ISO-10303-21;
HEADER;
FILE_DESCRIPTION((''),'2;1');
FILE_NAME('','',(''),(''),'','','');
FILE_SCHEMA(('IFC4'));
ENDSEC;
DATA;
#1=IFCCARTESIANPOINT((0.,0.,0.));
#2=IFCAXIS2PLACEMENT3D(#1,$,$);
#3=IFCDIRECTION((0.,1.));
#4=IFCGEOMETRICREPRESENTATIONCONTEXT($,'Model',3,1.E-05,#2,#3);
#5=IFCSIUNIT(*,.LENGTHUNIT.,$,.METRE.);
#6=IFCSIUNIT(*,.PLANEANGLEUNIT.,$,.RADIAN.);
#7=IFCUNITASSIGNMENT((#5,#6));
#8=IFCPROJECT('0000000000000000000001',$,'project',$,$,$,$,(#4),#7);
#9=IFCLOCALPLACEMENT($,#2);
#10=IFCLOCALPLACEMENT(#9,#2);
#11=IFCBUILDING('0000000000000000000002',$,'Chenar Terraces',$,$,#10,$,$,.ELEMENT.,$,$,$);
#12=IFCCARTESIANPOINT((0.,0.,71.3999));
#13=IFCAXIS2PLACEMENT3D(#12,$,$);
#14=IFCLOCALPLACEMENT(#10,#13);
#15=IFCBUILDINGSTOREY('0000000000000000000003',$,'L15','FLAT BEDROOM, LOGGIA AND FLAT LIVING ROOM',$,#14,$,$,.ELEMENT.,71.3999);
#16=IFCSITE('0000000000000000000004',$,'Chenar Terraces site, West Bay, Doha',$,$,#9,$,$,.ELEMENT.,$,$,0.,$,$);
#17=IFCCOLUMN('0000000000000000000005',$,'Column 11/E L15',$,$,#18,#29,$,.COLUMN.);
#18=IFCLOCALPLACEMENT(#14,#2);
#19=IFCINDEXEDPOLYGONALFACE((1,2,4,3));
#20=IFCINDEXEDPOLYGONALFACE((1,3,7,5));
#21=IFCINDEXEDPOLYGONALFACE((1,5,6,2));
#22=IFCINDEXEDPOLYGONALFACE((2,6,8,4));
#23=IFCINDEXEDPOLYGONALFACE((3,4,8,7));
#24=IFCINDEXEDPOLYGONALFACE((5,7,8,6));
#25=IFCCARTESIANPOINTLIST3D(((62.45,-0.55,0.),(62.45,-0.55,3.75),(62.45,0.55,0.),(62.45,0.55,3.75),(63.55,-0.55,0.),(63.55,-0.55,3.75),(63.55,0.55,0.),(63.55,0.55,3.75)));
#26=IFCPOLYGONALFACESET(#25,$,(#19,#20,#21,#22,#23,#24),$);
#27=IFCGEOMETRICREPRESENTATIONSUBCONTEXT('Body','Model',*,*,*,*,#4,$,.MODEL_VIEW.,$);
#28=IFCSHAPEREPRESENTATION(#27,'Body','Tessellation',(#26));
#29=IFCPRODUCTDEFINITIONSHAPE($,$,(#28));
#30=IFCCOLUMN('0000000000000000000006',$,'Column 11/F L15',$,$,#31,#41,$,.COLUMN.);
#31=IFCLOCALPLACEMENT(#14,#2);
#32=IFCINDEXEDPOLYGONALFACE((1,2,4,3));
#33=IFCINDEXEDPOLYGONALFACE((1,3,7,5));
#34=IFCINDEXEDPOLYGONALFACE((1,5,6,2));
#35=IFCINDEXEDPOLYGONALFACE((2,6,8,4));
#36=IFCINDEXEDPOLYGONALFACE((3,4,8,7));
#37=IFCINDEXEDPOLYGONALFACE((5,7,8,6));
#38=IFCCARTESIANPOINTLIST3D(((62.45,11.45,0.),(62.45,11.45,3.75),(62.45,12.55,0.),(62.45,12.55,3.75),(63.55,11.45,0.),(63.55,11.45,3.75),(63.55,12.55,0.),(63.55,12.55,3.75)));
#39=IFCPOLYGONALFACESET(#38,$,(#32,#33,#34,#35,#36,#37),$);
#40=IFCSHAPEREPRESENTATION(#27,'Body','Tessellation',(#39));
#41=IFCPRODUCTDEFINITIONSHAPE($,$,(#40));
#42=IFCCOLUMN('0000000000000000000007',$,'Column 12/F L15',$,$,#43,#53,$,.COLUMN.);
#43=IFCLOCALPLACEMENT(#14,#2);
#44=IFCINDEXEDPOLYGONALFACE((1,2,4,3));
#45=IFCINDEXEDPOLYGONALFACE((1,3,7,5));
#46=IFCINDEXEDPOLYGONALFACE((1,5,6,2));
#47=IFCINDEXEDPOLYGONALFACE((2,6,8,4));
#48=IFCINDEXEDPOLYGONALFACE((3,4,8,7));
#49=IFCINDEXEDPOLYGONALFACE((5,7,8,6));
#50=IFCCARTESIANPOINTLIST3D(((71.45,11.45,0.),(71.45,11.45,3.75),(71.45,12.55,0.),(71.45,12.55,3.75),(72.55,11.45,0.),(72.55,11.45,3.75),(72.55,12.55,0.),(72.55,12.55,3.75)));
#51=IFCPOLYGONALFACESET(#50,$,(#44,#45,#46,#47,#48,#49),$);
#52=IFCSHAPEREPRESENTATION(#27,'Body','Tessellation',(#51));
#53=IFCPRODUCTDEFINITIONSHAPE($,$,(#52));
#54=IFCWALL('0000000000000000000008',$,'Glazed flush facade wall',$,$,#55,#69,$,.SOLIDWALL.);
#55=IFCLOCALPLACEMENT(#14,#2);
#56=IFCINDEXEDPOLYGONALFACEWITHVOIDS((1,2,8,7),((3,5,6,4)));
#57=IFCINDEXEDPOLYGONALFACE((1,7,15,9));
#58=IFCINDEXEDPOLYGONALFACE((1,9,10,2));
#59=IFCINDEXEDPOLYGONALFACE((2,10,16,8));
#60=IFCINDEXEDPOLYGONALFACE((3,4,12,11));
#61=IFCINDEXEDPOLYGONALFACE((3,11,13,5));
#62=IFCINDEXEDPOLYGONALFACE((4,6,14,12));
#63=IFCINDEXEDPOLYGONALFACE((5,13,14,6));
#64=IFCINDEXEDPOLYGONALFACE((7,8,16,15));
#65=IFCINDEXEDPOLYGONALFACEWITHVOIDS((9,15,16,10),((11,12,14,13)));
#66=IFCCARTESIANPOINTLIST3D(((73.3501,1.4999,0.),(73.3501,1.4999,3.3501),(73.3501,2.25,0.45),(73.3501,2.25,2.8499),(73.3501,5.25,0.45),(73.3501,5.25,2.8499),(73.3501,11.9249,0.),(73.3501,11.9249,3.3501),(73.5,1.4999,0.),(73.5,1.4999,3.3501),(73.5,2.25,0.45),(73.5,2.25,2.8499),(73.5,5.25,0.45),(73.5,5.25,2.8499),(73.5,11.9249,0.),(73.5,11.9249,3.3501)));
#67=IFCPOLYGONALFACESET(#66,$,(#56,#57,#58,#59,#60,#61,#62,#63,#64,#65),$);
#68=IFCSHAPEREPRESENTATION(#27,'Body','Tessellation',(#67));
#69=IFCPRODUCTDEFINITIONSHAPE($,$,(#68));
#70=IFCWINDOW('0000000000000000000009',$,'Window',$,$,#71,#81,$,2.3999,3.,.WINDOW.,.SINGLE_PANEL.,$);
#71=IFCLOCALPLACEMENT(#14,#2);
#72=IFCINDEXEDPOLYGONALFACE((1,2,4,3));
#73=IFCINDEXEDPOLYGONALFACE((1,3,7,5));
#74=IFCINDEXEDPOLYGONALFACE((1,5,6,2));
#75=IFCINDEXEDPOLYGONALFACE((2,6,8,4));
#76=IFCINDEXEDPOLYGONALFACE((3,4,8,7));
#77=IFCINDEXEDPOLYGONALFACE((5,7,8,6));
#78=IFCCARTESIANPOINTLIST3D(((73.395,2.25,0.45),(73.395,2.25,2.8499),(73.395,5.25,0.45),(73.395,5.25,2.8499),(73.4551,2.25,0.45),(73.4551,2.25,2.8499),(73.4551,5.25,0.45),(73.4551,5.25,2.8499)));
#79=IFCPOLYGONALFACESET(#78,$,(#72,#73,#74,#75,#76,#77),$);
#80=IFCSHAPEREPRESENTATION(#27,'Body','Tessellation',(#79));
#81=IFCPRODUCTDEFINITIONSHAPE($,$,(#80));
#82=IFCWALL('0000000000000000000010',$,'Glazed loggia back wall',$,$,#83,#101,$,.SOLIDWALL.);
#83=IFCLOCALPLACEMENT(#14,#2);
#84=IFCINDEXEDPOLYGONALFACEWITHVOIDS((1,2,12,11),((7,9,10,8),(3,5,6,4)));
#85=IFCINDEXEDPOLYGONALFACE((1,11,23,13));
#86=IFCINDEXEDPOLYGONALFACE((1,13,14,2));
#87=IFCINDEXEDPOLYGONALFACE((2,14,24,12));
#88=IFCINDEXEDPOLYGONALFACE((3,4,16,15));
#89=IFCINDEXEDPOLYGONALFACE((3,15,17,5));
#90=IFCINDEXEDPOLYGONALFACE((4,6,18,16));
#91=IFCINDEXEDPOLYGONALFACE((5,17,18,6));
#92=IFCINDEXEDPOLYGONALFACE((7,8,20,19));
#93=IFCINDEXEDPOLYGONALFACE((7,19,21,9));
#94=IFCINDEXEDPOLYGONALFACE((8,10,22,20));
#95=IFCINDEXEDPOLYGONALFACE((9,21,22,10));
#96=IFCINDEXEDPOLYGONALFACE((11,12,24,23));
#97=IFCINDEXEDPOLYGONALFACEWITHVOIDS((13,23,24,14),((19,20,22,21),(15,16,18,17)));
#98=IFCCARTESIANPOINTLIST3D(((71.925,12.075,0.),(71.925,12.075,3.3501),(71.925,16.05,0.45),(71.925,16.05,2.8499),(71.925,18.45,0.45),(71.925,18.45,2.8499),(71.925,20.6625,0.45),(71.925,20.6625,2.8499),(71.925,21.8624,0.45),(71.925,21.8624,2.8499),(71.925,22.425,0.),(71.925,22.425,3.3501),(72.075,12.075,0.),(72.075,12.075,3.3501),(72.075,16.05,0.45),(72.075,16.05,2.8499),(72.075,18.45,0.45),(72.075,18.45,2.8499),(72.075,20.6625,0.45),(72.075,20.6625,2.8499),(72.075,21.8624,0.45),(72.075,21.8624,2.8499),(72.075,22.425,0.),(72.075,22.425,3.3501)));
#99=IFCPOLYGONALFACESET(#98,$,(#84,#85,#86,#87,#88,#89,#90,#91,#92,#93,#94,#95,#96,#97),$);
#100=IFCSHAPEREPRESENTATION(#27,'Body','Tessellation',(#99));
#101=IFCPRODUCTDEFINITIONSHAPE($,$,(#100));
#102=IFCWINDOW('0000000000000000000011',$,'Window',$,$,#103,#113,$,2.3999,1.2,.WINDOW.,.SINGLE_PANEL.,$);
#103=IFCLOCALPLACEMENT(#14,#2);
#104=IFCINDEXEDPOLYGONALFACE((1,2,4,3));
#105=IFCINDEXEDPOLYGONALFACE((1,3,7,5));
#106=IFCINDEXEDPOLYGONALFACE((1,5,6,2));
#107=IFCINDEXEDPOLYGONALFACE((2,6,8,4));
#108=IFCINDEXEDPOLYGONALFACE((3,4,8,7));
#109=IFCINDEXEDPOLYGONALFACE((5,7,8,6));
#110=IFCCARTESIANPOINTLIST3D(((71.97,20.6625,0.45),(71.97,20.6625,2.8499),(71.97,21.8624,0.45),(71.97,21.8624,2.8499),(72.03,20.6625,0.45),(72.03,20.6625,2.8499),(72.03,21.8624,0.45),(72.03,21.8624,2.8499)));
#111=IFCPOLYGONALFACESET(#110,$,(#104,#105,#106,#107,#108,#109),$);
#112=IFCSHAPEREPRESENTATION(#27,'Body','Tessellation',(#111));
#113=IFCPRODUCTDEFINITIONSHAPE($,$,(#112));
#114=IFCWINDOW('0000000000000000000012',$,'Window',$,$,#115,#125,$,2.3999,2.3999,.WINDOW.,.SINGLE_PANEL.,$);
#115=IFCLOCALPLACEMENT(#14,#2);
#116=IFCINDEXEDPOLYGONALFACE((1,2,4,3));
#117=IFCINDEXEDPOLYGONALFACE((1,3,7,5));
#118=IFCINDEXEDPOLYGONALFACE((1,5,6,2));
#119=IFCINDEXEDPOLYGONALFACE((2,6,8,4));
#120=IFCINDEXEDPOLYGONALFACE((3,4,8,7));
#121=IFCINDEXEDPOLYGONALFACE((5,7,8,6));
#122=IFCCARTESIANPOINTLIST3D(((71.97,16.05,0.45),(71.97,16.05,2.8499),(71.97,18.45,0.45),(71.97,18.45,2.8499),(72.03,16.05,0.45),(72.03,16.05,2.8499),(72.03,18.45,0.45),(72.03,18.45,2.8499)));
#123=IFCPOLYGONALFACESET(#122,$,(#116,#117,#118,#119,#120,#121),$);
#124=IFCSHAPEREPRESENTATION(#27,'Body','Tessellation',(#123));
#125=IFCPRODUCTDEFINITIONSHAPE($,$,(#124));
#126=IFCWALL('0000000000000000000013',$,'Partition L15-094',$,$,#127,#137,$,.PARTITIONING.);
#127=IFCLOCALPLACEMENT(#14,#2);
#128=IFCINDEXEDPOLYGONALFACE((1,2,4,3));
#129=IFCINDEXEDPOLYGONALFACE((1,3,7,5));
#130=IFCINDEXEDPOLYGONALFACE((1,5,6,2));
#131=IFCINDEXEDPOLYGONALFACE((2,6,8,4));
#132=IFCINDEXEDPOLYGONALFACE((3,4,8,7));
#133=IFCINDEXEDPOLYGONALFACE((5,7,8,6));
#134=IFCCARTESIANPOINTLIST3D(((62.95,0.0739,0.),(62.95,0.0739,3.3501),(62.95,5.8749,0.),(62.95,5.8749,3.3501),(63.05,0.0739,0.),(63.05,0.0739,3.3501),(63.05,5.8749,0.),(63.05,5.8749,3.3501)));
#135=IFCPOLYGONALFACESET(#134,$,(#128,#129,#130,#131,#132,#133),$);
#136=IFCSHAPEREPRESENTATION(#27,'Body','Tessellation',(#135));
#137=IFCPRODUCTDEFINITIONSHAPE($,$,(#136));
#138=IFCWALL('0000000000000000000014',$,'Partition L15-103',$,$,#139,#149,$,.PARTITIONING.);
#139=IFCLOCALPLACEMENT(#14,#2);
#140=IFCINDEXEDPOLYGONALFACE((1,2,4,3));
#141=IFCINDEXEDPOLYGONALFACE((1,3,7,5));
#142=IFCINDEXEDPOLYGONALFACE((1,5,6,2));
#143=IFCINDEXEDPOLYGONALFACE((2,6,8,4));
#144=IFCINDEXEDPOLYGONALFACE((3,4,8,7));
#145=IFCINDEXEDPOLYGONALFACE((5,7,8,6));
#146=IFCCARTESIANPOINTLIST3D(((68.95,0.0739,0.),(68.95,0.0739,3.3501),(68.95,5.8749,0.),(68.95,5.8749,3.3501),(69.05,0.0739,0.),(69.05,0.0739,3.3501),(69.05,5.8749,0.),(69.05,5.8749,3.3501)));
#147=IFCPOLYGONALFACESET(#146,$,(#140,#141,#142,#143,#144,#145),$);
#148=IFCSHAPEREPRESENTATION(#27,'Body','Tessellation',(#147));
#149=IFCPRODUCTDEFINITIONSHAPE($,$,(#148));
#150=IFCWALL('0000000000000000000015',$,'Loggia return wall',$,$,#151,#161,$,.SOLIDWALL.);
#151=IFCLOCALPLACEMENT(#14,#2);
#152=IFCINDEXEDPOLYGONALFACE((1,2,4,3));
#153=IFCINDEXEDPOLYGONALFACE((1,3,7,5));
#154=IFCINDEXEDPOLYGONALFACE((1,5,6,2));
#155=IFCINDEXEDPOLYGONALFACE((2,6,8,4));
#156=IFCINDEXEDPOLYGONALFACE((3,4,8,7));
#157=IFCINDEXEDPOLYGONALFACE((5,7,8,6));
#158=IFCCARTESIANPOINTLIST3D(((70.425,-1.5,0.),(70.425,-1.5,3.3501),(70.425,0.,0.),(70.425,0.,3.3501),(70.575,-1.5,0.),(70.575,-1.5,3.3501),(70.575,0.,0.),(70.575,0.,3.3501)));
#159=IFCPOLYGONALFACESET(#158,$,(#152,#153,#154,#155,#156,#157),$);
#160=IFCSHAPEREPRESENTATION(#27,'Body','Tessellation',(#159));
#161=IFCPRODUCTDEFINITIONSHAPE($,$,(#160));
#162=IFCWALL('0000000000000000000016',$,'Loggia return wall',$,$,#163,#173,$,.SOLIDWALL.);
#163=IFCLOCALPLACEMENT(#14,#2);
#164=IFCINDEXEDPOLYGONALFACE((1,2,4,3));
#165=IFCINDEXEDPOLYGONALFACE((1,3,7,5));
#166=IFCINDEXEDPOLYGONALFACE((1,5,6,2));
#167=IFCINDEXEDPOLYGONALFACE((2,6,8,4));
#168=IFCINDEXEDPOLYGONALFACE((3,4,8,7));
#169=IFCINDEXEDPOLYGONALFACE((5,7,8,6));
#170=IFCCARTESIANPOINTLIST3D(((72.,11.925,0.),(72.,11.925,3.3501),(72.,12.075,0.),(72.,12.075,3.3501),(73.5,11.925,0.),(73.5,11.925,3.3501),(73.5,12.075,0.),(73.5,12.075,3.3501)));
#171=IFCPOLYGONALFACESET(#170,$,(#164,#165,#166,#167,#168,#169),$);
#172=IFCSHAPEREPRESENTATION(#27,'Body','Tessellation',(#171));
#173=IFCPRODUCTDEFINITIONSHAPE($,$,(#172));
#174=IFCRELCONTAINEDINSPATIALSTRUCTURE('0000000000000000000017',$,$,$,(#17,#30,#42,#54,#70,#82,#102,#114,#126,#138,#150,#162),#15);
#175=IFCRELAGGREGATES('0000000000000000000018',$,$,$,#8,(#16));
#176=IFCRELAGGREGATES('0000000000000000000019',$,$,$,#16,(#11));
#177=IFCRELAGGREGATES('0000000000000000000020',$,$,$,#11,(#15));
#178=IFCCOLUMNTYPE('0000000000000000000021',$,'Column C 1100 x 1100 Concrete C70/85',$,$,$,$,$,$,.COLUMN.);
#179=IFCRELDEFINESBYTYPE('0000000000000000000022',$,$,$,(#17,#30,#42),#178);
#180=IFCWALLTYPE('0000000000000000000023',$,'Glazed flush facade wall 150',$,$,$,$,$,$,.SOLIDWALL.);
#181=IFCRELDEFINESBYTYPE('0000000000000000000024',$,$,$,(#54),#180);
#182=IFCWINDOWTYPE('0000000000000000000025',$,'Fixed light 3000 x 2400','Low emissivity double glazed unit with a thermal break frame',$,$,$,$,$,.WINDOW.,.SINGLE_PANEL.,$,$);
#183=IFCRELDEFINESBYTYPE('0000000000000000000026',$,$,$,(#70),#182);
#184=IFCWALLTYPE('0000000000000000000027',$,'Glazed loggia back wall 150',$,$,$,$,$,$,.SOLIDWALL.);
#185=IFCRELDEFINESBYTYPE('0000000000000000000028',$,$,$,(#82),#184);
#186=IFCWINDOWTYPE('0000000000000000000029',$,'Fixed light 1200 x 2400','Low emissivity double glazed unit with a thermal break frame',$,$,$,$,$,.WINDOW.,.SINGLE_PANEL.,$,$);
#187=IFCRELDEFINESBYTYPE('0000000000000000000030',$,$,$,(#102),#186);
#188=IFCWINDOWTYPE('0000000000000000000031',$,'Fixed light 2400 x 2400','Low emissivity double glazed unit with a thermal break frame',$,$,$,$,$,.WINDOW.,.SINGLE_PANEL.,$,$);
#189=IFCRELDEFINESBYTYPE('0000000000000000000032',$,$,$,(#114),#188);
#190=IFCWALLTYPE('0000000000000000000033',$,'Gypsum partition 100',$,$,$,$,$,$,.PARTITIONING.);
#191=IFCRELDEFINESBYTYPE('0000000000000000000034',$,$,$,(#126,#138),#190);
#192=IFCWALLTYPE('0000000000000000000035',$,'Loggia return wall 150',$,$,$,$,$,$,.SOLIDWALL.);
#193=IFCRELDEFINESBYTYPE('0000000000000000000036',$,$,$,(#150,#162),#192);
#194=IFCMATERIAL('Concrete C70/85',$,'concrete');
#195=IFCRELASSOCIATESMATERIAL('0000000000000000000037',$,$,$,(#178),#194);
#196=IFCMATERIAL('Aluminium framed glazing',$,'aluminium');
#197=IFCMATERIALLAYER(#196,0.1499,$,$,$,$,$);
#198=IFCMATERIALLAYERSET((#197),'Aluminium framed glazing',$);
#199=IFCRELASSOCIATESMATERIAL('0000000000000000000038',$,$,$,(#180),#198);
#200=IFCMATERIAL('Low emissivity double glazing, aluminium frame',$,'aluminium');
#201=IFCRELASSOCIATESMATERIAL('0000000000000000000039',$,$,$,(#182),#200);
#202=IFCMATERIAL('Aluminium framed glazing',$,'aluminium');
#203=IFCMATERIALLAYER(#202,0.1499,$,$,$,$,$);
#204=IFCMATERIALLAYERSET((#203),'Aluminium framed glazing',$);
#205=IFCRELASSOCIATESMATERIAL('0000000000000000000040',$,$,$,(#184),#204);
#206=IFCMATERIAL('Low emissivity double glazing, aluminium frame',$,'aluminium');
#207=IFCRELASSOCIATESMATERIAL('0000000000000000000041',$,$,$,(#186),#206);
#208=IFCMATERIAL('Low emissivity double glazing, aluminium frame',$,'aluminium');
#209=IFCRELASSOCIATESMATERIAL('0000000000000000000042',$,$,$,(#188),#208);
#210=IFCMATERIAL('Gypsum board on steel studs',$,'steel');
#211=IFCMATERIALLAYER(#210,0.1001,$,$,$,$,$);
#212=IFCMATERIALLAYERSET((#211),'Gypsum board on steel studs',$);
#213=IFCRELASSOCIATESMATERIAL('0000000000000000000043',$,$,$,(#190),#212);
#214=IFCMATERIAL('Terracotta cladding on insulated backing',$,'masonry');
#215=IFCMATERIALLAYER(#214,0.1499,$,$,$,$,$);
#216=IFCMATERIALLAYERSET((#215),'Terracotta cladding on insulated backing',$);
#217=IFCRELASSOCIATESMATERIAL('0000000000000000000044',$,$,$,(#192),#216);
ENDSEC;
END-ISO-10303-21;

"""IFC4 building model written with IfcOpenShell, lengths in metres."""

from ifc_helpers import new_model, si_unit, direction, frame, frame_2d, origin, origin_2d, place, context, subcontext, project, spatial, rectangle, extrude, material, layer, layer_set, material_profile, profile_set, type_object, element, fill, save


model = new_model("IFC4")

# Units and contexts
model_context = context("Model", 3, precision=1e-05, world=origin(), true_north=direction((0.0, 1.0)))
body_context = subcontext(model_context, "Body", "Model", "MODEL_VIEW")
ifc_project = project(units=[si_unit("LENGTHUNIT", "METRE"), si_unit("PLANEANGLEUNIT", "RADIAN")], contexts=[model_context])

# Site, building, storey
site_placement = place(None, origin())
site = spatial("IfcSite", under=ifc_project, at=site_placement, Name="Chenar Terraces site, West Bay, Doha", CompositionType="ELEMENT", RefElevation=0.0)
building_placement = place(site_placement, origin())
building = spatial("IfcBuilding", under=site, at=building_placement, Name="Chenar Terraces", CompositionType="ELEMENT")
storey_placement = place(building_placement, frame((0.0, 0.0, 71.3999)))
storey = spatial("IfcBuildingStorey", under=building, at=storey_placement, Name="L15", Description="FLAT BEDROOM, LOGGIA AND FLAT LIVING ROOM", CompositionType="ELEMENT", Elevation=71.3999)

# Columns
ifc_material_1 = material(Name="Concrete C70/85", Category="concrete")
ifc_material_profile_1 = material_profile(ifc_material_1, rectangle(XDim=1.1001, YDim=1.1001, at=origin_2d()), Name="C 1100 x 1100")
ifc_profile_set_1 = profile_set([ifc_material_profile_1], Name="Concrete C70/85")
column_type = type_object("IfcColumnType", Name="Column C 1100 x 1100 Concrete C70/85", PredefinedType="COLUMN", material=ifc_profile_set_1)
for number, where, z_axis, x_axis, name in (
    (1, (63.0, 0.0, 0.0), (0.0, 0.0, 1.0), (1.0, 0.0, 0.0), "Column 11/E L15"),
    (2, (63.0, 12.0, 0.0), (0.0, 0.0, 1.0), (1.0, 0.0, 0.0), "Column 11/F L15"),
    (3, (72.0, 12.0, 0.0), (0.0, 0.0, 1.0), (1.0, 0.0, 0.0), "Column 12/F L15"),
):
    element("IfcColumn", number, at=place(storey_placement, frame(where, z_axis=z_axis, x_axis=x_axis)), inside=storey, type_object=column_type, Name=name, PredefinedType="COLUMN", context=body_context, shape_type="SweptSolid", body=[
        extrude(rectangle(XDim=1.1001, YDim=1.1001, at=origin_2d()), origin(), (0.0, 0.0, 1.0), 3.75),
    ])

# Wall, opening, window
ifc_material_2 = material(Name="Aluminium framed glazing", Category="aluminium")
ifc_layer_1 = layer(ifc_material_2, 0.1499)
ifc_layer_set_1 = layer_set([ifc_layer_1], Name="Aluminium framed glazing")
wall_type_1 = type_object("IfcWallType", Name="Glazed flush facade wall 150", PredefinedType="SOLIDWALL", material=ifc_layer_set_1)
wall_1_placement = place(storey_placement, frame((73.425, 1.5, 0.0), z_axis=(0.0, 0.0, 1.0), x_axis=(0.0, 1.0, 0.0)))
wall_1 = element("IfcWall", 4, at=wall_1_placement, inside=storey, type_object=wall_type_1, Name="Glazed flush facade wall", PredefinedType="SOLIDWALL", context=body_context, shape_type="SweptSolid", body=[
    extrude(rectangle(XDim=10.425, YDim=0.1499, at=frame_2d((5.2124, 0.0))), origin(), (0.0, 0.0, 1.0), 3.3501),
])
opening_1_placement = place(wall_1_placement, frame((0.75, 0.0, 0.45)))
opening_1 = element("IfcOpeningElement", 5, at=opening_1_placement, cuts=wall_1, PredefinedType="OPENING", context=body_context, shape_type="SweptSolid", body=[
    extrude(rectangle(XDim=3.0, YDim=2.3999, at=frame_2d((1.5, 1.2))), frame((0.0, 0.085, 0.0), z_axis=(0.0, -1.0, 0.0), x_axis=(1.0, 0.0, 0.0)), (0.0, 0.0, 1.0), 0.1699),
])
ifc_material_3 = material(Name="Low emissivity double glazing, aluminium frame", Category="aluminium")
window_type_1 = type_object("IfcWindowType", Name="Fixed light 3000 x 2400", Description="Low emissivity double glazed unit with a thermal break frame", PartitioningType="SINGLE_PANEL", PredefinedType="WINDOW", material=ifc_material_3)
window_1_placement = place(opening_1_placement, origin())
window_1 = element("IfcWindow", 6, at=window_1_placement, inside=storey, type_object=window_type_1, Name="Window", OverallHeight=2.3999, OverallWidth=3.0, PartitioningType="SINGLE_PANEL", PredefinedType="WINDOW", context=body_context, shape_type="SweptSolid", body=[
    extrude(rectangle(XDim=3.0, YDim=2.3999, at=frame_2d((1.5, 1.2))), frame((0.0, 0.03, 0.0), z_axis=(0.0, -1.0, 0.0), x_axis=(1.0, 0.0, 0.0)), (0.0, 0.0, 1.0), 0.0601),
])
fill(opening_1, window_1)

# Wall, openings, windows
ifc_material_4 = material(Name="Aluminium framed glazing", Category="aluminium")
ifc_layer_2 = layer(ifc_material_4, 0.1499)
ifc_layer_set_2 = layer_set([ifc_layer_2], Name="Aluminium framed glazing")
wall_type_2 = type_object("IfcWallType", Name="Glazed loggia back wall 150", PredefinedType="SOLIDWALL", material=ifc_layer_set_2)
wall_2_placement = place(storey_placement, frame((72.0, 12.075, 0.0), z_axis=(0.0, 0.0, 1.0), x_axis=(0.0, 1.0, 0.0)))
wall_2 = element("IfcWall", 7, at=wall_2_placement, inside=storey, type_object=wall_type_2, Name="Glazed loggia back wall", PredefinedType="SOLIDWALL", context=body_context, shape_type="SweptSolid", body=[
    extrude(rectangle(XDim=10.3501, YDim=0.1499, at=frame_2d((5.175, 0.0))), origin(), (0.0, 0.0, 1.0), 3.3501),
])
opening_2_placement = place(wall_2_placement, frame((3.9751, 0.0, 0.45)))
opening_2 = element("IfcOpeningElement", 8, at=opening_2_placement, cuts=wall_2, PredefinedType="OPENING", context=body_context, shape_type="SweptSolid", body=[
    extrude(rectangle(XDim=2.3999, YDim=2.3999, at=frame_2d((1.2, 1.2))), frame((0.0, 0.085, 0.0), z_axis=(0.0, -1.0, 0.0), x_axis=(1.0, 0.0, 0.0)), (0.0, 0.0, 1.0), 0.1699),
])
opening_3_placement = place(wall_2_placement, frame((8.5874, 0.0, 0.45)))
opening_3 = element("IfcOpeningElement", 9, at=opening_3_placement, cuts=wall_2, PredefinedType="OPENING", context=body_context, shape_type="SweptSolid", body=[
    extrude(rectangle(XDim=1.2, YDim=2.3999, at=frame_2d((0.6001, 1.2))), frame((0.0, 0.085, 0.0), z_axis=(0.0, -1.0, 0.0), x_axis=(1.0, 0.0, 0.0)), (0.0, 0.0, 1.0), 0.1699),
])
ifc_material_5 = material(Name="Low emissivity double glazing, aluminium frame", Category="aluminium")
window_type_2 = type_object("IfcWindowType", Name="Fixed light 1200 x 2400", Description="Low emissivity double glazed unit with a thermal break frame", PartitioningType="SINGLE_PANEL", PredefinedType="WINDOW", material=ifc_material_5)
window_2_placement = place(opening_3_placement, origin())
window_2 = element("IfcWindow", 10, at=window_2_placement, inside=storey, type_object=window_type_2, Name="Window", OverallHeight=2.3999, OverallWidth=1.2, PartitioningType="SINGLE_PANEL", PredefinedType="WINDOW", context=body_context, shape_type="SweptSolid", body=[
    extrude(rectangle(XDim=1.2, YDim=2.3999, at=frame_2d((0.6001, 1.2))), frame((0.0, 0.03, 0.0), z_axis=(0.0, -1.0, 0.0), x_axis=(1.0, 0.0, 0.0)), (0.0, 0.0, 1.0), 0.0601),
])
fill(opening_3, window_2)
ifc_material_6 = material(Name="Low emissivity double glazing, aluminium frame", Category="aluminium")
window_type_3 = type_object("IfcWindowType", Name="Fixed light 2400 x 2400", Description="Low emissivity double glazed unit with a thermal break frame", PartitioningType="SINGLE_PANEL", PredefinedType="WINDOW", material=ifc_material_6)
window_3_placement = place(opening_2_placement, origin())
window_3 = element("IfcWindow", 11, at=window_3_placement, inside=storey, type_object=window_type_3, Name="Window", OverallHeight=2.3999, OverallWidth=2.3999, PartitioningType="SINGLE_PANEL", PredefinedType="WINDOW", context=body_context, shape_type="SweptSolid", body=[
    extrude(rectangle(XDim=2.3999, YDim=2.3999, at=frame_2d((1.2, 1.2))), frame((0.0, 0.03, 0.0), z_axis=(0.0, -1.0, 0.0), x_axis=(1.0, 0.0, 0.0)), (0.0, 0.0, 1.0), 0.0601),
])
fill(opening_2, window_3)

# Walls
ifc_material_7 = material(Name="Gypsum board on steel studs", Category="steel")
ifc_layer_3 = layer(ifc_material_7, 0.1001)
ifc_layer_set_3 = layer_set([ifc_layer_3], Name="Gypsum board on steel studs")
wall_type_3 = type_object("IfcWallType", Name="Gypsum partition 100", PredefinedType="PARTITIONING", material=ifc_layer_set_3)
for number, where, z_axis, x_axis, name in (
    (12, (63.0, 0.074, 0.0), (0.0, 0.0, 1.0), (0.0, 1.0, 0.0), "Partition L15-094"),
    (13, (69.0, 0.074, 0.0), (0.0, 0.0, 1.0), (0.0, 1.0, 0.0), "Partition L15-103"),
):
    element("IfcWall", number, at=place(storey_placement, frame(where, z_axis=z_axis, x_axis=x_axis)), inside=storey, type_object=wall_type_3, Name=name, PredefinedType="PARTITIONING", context=body_context, shape_type="SweptSolid", body=[
        extrude(rectangle(XDim=5.801, YDim=0.1001, at=frame_2d((2.9004, 0.0))), origin(), (0.0, 0.0, 1.0), 3.3501),
    ])
ifc_material_8 = material(Name="Terracotta cladding on insulated backing", Category="masonry")
ifc_layer_4 = layer(ifc_material_8, 0.1499)
ifc_layer_set_4 = layer_set([ifc_layer_4], Name="Terracotta cladding on insulated backing")
wall_type_4 = type_object("IfcWallType", Name="Loggia return wall 150", PredefinedType="SOLIDWALL", material=ifc_layer_set_4)
for number, where, z_axis, x_axis, name in (
    (14, (70.5, -1.5, 0.0), (0.0, 0.0, 1.0), (0.0, 1.0, 0.0), "Loggia return wall"),
    (15, (73.5, 12.0, 0.0), (0.0, 0.0, 1.0), (-1.0, 0.0, 0.0), "Loggia return wall"),
):
    element("IfcWall", number, at=place(storey_placement, frame(where, z_axis=z_axis, x_axis=x_axis)), inside=storey, type_object=wall_type_4, Name=name, PredefinedType="SOLIDWALL", context=body_context, shape_type="SweptSolid", body=[
        extrude(rectangle(XDim=1.5, YDim=0.1499, at=frame_2d((0.75, 0.0))), origin(), (0.0, 0.0, 1.0), 3.3501),
    ])

save(model, "model.ifc")
